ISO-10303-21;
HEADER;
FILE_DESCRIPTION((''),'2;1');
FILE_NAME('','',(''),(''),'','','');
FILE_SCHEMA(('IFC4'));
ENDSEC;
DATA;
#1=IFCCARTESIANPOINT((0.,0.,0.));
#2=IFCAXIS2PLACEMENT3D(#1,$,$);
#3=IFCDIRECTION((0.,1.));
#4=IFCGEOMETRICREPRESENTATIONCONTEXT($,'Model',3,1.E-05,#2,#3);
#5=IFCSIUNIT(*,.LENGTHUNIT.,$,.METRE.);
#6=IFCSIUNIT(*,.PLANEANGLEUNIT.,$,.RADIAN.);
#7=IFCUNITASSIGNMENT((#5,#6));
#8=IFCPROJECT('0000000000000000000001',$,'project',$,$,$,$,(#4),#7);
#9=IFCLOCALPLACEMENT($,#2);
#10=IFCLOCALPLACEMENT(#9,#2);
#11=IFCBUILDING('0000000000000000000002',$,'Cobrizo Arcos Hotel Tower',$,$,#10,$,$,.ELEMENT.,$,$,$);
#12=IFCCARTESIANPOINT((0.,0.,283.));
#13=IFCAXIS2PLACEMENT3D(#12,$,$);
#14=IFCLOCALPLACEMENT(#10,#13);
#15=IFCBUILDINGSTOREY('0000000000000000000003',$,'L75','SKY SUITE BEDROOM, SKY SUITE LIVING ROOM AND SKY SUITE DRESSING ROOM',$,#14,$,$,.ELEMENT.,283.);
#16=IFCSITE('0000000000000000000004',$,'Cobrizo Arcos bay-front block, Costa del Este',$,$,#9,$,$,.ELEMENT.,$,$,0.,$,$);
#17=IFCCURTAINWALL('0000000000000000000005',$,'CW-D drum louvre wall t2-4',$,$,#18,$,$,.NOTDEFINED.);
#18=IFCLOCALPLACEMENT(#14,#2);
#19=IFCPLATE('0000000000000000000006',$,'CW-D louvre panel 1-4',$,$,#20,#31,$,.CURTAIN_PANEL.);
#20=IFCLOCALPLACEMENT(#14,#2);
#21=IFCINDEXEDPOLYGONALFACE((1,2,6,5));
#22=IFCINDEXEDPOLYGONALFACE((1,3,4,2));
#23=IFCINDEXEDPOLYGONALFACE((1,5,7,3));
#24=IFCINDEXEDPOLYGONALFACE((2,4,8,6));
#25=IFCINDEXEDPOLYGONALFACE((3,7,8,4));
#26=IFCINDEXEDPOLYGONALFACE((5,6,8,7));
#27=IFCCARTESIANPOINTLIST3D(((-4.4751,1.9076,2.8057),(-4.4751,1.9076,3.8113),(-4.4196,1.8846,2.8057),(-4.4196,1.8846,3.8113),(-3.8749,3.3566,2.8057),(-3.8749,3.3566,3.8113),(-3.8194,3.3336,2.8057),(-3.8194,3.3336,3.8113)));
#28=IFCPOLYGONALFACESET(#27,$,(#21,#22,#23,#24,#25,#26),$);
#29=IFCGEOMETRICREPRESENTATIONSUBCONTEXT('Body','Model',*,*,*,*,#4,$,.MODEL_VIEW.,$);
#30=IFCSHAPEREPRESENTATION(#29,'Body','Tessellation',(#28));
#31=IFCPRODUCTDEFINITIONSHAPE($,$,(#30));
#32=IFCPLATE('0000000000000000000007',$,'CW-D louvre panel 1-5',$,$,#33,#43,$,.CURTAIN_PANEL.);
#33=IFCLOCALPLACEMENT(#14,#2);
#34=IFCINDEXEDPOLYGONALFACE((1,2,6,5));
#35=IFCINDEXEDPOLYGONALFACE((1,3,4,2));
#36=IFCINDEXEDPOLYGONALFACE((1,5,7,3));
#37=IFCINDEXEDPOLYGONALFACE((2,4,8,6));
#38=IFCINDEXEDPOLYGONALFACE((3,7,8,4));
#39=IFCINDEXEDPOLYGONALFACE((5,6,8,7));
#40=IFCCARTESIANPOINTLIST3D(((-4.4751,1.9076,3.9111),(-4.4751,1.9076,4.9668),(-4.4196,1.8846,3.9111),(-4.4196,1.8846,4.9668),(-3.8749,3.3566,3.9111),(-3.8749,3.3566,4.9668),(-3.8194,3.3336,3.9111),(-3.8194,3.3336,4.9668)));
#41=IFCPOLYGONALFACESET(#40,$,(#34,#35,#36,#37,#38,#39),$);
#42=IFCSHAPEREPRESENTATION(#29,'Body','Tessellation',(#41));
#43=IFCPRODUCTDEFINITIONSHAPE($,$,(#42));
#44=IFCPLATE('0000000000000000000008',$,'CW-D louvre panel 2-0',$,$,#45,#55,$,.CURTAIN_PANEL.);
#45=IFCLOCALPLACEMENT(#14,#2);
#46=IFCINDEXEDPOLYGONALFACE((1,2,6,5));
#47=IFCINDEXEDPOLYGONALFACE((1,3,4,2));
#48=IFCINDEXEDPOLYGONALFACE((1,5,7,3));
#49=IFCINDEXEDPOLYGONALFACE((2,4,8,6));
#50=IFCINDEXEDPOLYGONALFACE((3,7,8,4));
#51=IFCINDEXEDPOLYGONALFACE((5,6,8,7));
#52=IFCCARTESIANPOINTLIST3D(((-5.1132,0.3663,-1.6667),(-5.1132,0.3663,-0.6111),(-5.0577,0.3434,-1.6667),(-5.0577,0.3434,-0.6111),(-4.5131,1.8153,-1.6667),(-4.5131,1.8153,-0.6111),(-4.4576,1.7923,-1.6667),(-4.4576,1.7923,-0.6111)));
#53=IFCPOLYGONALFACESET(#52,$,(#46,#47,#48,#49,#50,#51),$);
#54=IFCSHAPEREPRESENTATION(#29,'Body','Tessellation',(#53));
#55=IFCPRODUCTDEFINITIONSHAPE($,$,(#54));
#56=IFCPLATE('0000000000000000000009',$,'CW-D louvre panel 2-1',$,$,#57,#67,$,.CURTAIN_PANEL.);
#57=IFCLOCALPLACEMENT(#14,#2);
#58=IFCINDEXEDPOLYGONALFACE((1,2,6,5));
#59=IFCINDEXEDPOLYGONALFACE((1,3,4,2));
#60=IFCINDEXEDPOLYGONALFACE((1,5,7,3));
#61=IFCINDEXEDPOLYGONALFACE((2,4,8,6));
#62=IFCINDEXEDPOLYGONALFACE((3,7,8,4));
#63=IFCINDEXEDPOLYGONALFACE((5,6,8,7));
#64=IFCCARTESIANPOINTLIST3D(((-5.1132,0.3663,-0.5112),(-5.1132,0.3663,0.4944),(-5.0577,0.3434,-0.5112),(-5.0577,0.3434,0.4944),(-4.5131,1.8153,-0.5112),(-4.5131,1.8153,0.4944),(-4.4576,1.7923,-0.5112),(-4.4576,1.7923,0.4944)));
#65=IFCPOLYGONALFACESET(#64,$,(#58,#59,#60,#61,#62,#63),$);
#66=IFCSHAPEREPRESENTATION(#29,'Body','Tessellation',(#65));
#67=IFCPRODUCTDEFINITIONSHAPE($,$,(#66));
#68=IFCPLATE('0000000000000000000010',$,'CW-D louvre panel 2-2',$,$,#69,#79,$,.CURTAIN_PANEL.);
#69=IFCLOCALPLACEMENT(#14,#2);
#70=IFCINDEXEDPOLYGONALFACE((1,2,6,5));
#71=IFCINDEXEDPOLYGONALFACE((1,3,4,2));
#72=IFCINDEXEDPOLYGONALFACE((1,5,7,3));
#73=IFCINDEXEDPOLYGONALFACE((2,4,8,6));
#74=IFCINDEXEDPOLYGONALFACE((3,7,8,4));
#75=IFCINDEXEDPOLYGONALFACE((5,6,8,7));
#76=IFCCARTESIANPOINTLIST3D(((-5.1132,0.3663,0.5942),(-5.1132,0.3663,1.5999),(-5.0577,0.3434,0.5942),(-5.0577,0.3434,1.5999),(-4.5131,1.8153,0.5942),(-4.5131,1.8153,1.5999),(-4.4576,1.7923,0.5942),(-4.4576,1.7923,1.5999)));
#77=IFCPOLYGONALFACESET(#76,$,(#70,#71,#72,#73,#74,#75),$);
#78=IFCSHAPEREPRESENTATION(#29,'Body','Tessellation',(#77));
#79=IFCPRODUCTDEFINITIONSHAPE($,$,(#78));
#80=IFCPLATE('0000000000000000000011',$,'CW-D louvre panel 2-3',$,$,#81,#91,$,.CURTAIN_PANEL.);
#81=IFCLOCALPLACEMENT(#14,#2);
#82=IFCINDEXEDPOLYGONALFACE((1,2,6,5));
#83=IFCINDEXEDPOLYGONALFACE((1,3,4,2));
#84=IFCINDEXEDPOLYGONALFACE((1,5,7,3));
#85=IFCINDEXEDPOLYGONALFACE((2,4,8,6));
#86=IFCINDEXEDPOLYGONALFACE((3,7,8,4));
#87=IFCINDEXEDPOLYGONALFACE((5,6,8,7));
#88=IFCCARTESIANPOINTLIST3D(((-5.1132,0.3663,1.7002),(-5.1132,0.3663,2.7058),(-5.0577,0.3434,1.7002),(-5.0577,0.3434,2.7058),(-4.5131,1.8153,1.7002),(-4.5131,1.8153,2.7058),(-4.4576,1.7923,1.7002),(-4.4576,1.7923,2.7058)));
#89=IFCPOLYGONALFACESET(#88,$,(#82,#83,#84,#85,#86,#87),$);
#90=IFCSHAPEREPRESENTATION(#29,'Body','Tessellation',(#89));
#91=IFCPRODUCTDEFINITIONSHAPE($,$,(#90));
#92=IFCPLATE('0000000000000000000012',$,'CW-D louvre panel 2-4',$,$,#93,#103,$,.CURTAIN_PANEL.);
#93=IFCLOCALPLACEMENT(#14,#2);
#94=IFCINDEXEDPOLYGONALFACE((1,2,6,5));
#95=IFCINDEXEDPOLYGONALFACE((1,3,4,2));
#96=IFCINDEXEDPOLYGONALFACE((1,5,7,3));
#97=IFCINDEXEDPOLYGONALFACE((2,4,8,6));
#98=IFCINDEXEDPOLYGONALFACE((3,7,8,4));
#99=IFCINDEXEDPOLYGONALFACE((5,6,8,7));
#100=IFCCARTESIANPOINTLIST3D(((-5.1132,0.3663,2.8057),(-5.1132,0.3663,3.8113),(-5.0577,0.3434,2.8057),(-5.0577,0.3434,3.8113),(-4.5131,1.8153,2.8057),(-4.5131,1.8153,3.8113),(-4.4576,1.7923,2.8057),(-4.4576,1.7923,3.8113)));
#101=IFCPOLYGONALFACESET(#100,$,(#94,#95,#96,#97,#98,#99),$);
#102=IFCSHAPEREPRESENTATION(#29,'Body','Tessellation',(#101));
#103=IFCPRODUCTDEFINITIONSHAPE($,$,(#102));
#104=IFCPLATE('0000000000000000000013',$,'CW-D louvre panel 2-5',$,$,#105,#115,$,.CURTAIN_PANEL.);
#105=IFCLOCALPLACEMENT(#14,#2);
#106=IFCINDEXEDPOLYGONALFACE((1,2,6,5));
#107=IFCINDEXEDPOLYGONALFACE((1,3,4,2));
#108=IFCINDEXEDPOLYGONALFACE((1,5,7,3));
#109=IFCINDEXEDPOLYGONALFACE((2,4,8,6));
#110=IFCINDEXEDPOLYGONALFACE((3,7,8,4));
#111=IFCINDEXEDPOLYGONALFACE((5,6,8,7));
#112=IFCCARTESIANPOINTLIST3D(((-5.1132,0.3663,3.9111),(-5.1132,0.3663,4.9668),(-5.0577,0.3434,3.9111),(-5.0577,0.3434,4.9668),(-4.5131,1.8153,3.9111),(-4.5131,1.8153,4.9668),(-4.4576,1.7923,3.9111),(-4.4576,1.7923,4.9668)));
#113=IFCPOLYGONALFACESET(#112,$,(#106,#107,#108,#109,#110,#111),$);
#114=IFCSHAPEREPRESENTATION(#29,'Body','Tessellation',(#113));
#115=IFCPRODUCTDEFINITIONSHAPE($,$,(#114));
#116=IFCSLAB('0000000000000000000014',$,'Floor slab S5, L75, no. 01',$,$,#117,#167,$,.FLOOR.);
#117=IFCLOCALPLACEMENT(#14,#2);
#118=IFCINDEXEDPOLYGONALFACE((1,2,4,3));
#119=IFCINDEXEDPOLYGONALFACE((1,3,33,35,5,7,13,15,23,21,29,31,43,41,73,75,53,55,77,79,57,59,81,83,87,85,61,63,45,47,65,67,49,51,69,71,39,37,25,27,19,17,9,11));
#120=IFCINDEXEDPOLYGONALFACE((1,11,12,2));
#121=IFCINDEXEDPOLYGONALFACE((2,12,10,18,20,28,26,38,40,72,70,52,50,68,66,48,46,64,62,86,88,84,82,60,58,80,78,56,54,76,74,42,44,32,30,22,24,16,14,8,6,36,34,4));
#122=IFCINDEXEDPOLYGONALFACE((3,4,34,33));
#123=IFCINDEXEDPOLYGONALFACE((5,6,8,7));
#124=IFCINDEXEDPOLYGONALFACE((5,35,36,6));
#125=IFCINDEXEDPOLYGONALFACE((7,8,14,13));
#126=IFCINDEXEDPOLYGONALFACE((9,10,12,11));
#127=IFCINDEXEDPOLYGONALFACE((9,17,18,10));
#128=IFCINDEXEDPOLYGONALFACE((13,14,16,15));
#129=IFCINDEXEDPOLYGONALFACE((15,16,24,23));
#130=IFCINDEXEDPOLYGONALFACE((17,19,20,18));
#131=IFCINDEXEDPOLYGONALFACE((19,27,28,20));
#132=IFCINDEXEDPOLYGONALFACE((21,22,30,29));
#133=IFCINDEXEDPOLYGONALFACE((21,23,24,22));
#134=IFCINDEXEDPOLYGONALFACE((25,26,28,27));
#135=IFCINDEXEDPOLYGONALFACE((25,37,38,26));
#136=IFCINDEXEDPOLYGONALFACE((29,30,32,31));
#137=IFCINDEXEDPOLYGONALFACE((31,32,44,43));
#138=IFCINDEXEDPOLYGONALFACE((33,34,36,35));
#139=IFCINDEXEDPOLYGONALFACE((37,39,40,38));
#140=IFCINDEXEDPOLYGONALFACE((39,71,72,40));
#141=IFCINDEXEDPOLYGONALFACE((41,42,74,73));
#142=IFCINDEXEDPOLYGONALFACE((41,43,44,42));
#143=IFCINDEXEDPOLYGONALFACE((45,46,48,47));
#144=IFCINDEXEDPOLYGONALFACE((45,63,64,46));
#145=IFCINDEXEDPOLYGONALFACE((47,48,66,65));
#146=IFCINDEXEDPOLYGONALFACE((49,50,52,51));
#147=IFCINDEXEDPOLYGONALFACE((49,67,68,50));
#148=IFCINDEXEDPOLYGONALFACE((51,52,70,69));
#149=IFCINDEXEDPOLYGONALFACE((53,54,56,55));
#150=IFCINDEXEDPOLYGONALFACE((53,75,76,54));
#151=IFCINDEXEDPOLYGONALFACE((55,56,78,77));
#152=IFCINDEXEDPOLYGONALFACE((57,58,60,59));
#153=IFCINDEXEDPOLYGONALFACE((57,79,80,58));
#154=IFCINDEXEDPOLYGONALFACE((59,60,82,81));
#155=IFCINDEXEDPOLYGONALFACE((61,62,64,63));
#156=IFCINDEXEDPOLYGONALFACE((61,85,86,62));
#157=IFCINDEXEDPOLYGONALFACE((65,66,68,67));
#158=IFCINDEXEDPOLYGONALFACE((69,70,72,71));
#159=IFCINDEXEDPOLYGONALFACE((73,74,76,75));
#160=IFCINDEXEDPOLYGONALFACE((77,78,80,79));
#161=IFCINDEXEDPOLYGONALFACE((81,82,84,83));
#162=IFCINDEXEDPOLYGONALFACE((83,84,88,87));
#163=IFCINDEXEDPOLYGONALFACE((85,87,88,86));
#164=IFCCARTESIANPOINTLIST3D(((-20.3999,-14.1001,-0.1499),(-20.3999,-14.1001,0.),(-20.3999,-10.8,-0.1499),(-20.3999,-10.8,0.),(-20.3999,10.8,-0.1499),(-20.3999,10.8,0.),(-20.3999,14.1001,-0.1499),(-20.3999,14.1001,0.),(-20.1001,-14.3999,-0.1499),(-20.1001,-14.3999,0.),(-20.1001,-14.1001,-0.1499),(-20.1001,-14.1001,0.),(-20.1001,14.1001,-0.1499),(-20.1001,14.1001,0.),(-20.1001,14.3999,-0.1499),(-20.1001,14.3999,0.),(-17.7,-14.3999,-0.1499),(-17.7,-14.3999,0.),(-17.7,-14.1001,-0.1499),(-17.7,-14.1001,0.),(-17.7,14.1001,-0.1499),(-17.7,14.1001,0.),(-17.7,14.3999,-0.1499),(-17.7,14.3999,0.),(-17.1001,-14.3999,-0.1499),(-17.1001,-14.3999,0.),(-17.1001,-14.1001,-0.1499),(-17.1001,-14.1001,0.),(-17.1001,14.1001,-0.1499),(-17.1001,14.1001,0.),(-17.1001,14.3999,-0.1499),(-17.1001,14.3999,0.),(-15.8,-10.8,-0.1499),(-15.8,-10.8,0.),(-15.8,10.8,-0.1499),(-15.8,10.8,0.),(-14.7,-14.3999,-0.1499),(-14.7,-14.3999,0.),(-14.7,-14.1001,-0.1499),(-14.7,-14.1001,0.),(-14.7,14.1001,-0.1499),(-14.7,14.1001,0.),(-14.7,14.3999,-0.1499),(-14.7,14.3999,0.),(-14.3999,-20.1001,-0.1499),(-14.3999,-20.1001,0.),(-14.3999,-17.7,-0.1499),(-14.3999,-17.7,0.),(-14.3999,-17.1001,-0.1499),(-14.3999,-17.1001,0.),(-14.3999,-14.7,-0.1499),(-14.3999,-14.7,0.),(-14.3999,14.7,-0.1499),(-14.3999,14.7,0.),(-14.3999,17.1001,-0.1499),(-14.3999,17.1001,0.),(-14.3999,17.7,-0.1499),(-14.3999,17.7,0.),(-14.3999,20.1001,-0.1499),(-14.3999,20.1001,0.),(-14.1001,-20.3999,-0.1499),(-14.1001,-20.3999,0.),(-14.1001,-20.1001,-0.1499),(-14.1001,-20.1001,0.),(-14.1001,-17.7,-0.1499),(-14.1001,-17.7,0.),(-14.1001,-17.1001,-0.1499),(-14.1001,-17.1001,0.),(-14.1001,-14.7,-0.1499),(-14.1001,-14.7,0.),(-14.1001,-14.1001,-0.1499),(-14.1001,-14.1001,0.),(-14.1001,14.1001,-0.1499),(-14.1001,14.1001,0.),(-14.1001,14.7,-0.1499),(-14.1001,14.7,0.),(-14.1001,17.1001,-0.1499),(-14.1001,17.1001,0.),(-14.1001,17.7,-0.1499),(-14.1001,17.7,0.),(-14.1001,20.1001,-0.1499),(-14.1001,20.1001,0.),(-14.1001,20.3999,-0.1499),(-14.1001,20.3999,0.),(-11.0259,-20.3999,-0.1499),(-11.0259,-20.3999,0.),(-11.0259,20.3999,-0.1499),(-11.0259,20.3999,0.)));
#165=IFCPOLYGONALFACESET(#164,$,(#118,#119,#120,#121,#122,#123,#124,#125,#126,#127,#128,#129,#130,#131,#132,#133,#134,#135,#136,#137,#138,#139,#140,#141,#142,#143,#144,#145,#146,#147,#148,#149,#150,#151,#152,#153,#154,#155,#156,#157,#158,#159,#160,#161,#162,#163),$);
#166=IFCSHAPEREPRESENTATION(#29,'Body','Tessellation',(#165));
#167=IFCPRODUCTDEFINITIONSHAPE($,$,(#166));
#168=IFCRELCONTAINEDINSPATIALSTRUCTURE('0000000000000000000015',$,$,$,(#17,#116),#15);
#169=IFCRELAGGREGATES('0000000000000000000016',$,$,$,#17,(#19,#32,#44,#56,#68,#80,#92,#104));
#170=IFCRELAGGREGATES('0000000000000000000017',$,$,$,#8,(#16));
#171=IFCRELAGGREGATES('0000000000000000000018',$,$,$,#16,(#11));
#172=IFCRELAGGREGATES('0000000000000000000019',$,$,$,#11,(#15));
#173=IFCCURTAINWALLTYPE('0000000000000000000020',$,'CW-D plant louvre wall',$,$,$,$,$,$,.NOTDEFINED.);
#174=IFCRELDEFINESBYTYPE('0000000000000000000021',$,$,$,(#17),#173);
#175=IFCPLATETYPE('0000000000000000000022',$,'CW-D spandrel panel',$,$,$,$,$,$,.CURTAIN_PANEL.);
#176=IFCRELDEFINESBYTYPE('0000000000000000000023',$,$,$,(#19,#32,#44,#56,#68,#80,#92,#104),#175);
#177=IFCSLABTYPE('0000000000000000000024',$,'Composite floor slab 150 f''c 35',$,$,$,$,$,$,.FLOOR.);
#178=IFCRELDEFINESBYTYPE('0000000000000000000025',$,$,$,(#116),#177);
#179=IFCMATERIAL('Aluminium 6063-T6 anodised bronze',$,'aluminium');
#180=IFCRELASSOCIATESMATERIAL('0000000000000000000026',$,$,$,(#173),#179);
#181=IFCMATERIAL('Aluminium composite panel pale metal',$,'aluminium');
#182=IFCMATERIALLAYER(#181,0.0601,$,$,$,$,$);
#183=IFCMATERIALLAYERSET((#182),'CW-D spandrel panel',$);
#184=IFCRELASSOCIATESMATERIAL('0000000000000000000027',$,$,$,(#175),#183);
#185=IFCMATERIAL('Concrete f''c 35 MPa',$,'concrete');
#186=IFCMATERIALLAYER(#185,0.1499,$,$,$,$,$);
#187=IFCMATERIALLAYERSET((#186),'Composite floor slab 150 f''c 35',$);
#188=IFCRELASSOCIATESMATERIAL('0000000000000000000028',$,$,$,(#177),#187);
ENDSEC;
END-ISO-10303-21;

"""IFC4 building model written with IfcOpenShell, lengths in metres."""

from ifc_helpers import new_model, si_unit, direction, frame, origin, origin_2d, place, context, subcontext, project, spatial, polyline, rectangle, outline, extrude, material, layer, layer_set, type_object, element, aggregate, save


model = new_model("IFC4")

# Units and contexts
model_context = context("Model", 3, precision=1e-05, world=origin(), true_north=direction((0.0, 1.0)))
body_context = subcontext(model_context, "Body", "Model", "MODEL_VIEW")
ifc_project = project(units=[si_unit("LENGTHUNIT", "METRE"), si_unit("PLANEANGLEUNIT", "RADIAN")], contexts=[model_context])

# Site, building, storey
site_placement = place(None, origin())
site = spatial("IfcSite", under=ifc_project, at=site_placement, Name="Cobrizo Arcos bay-front block, Costa del Este", CompositionType="ELEMENT", RefElevation=0.0)
building_placement = place(site_placement, origin())
building = spatial("IfcBuilding", under=site, at=building_placement, Name="Cobrizo Arcos Hotel Tower", CompositionType="ELEMENT")
storey_placement = place(building_placement, frame((0.0, 0.0, 283.0)))
storey = spatial("IfcBuildingStorey", under=building, at=storey_placement, Name="L75", Description="SKY SUITE BEDROOM, SKY SUITE LIVING ROOM AND SKY SUITE DRESSING ROOM", CompositionType="ELEMENT", Elevation=283.0)

# Shared definitions
ifc_material_1 = material(Name="Aluminium 6063-T6 anodised bronze", Category="aluminium")
curtain_wall_type = type_object("IfcCurtainWallType", Name="CW-D plant louvre wall", PredefinedType="NOTDEFINED", material=ifc_material_1)

# Curtain wall
curtain_wall_1_placement = place(storey_placement, origin())
curtain_wall_1 = element("IfcCurtainWall", 1, at=curtain_wall_1_placement, inside=storey, type_object=curtain_wall_type, Name="CW-D drum louvre wall t2-4", PredefinedType="NOTDEFINED")

# Plates
ifc_material_2 = material(Name="Aluminium composite panel pale metal", Category="aluminium")
ifc_layer_1 = layer(ifc_material_2, 0.0601)
ifc_layer_set_1 = layer_set([ifc_layer_1], Name="CW-D spandrel panel")
plate_type = type_object("IfcPlateType", Name="CW-D spandrel panel", PredefinedType="CURTAIN_PANEL", material=ifc_layer_set_1)
plate_1_placement = place(storey_placement, frame((-4.1472, 2.6206, 2.8057), z_axis=(0.0, 0.0, 1.0), x_axis=(-0.382683, -0.92388, 0.0)))
plate_1 = element("IfcPlate", 2, at=plate_1_placement, type_object=plate_type, Name="CW-D louvre panel 1-4", PredefinedType="CURTAIN_PANEL", context=body_context, shape_type="SweptSolid", body=[
    extrude(rectangle(XDim=1.5684, YDim=0.0601, at=origin_2d()), origin(), (0.0, 0.0, 1.0), 1.0056),
])
plate_2_placement = place(storey_placement, frame((-4.1472, 2.6206, 3.9111), z_axis=(0.0, 0.0, 1.0), x_axis=(-0.382683, -0.92388, 0.0)))
plate_2 = element("IfcPlate", 3, at=plate_2_placement, type_object=plate_type, Name="CW-D louvre panel 1-5", PredefinedType="CURTAIN_PANEL", context=body_context, shape_type="SweptSolid", body=[
    extrude(rectangle(XDim=1.5684, YDim=0.0601, at=origin_2d()), origin(), (0.0, 0.0, 1.0), 1.0557),
])
plate_3_placement = place(storey_placement, frame((-4.7854, 1.0793, -1.6667), z_axis=(0.0, 0.0, 1.0), x_axis=(-0.382683, -0.92388, 0.0)))
plate_3 = element("IfcPlate", 4, at=plate_3_placement, type_object=plate_type, Name="CW-D louvre panel 2-0", PredefinedType="CURTAIN_PANEL", context=body_context, shape_type="SweptSolid", body=[
    extrude(rectangle(XDim=1.5684, YDim=0.0601, at=origin_2d()), origin(), (0.0, 0.0, 1.0), 1.0557),
])
plate_4_placement = place(storey_placement, frame((-4.7854, 1.0793, -0.5112), z_axis=(0.0, 0.0, 1.0), x_axis=(-0.382683, -0.92388, 0.0)))
plate_4 = element("IfcPlate", 5, at=plate_4_placement, type_object=plate_type, Name="CW-D louvre panel 2-1", PredefinedType="CURTAIN_PANEL", context=body_context, shape_type="SweptSolid", body=[
    extrude(rectangle(XDim=1.5684, YDim=0.0601, at=origin_2d()), origin(), (0.0, 0.0, 1.0), 1.0056),
])
plate_5_placement = place(storey_placement, frame((-4.7854, 1.0793, 0.5942), z_axis=(0.0, 0.0, 1.0), x_axis=(-0.382683, -0.92388, 0.0)))
plate_5 = element("IfcPlate", 6, at=plate_5_placement, type_object=plate_type, Name="CW-D louvre panel 2-2", PredefinedType="CURTAIN_PANEL", context=body_context, shape_type="SweptSolid", body=[
    extrude(rectangle(XDim=1.5684, YDim=0.0601, at=origin_2d()), origin(), (0.0, 0.0, 1.0), 1.0056),
])
plate_6_placement = place(storey_placement, frame((-4.7854, 1.0793, 1.7002), z_axis=(0.0, 0.0, 1.0), x_axis=(-0.382683, -0.92388, 0.0)))
plate_6 = element("IfcPlate", 7, at=plate_6_placement, type_object=plate_type, Name="CW-D louvre panel 2-3", PredefinedType="CURTAIN_PANEL", context=body_context, shape_type="SweptSolid", body=[
    extrude(rectangle(XDim=1.5684, YDim=0.0601, at=origin_2d()), origin(), (0.0, 0.0, 1.0), 1.0056),
])
plate_7_placement = place(storey_placement, frame((-4.7854, 1.0793, 2.8057), z_axis=(0.0, 0.0, 1.0), x_axis=(-0.382683, -0.92388, 0.0)))
plate_7 = element("IfcPlate", 8, at=plate_7_placement, type_object=plate_type, Name="CW-D louvre panel 2-4", PredefinedType="CURTAIN_PANEL", context=body_context, shape_type="SweptSolid", body=[
    extrude(rectangle(XDim=1.5684, YDim=0.0601, at=origin_2d()), origin(), (0.0, 0.0, 1.0), 1.0056),
])
plate_8_placement = place(storey_placement, frame((-4.7854, 1.0793, 3.9111), z_axis=(0.0, 0.0, 1.0), x_axis=(-0.382683, -0.92388, 0.0)))
plate_8 = element("IfcPlate", 9, at=plate_8_placement, type_object=plate_type, Name="CW-D louvre panel 2-5", PredefinedType="CURTAIN_PANEL", context=body_context, shape_type="SweptSolid", body=[
    extrude(rectangle(XDim=1.5684, YDim=0.0601, at=origin_2d()), origin(), (0.0, 0.0, 1.0), 1.0557),
])
aggregate(curtain_wall_1, [plate_1, plate_2, plate_3, plate_4, plate_5, plate_6, plate_7, plate_8])

# Slab
ifc_material_3 = material(Name="Concrete f'c 35 MPa", Category="concrete")
ifc_layer_2 = layer(ifc_material_3, 0.1499)
ifc_layer_set_2 = layer_set([ifc_layer_2], Name="Composite floor slab 150 f'c 35")
slab_type_1 = type_object("IfcSlabType", Name="Composite floor slab 150 f'c 35", PredefinedType="FLOOR", material=ifc_layer_set_2)
slab_1_placement = place(storey_placement, frame((0.0, 0.0, -0.1499)))
element("IfcSlab", 10, at=slab_1_placement, inside=storey, type_object=slab_type_1, Name="Floor slab S5, L75, no. 01", PredefinedType="FLOOR", context=body_context, shape_type="SweptSolid", body=[
    extrude(outline(polyline([(-14.3999, -17.7), (-14.1001, -17.7), (-14.1001, -17.1001), (-14.3999, -17.1001), (-14.3999, -14.7), (-14.1001, -14.7), (-14.1001, -14.1001), (-14.7, -14.1001), (-14.7, -14.3999), (-17.1001, -14.3999), (-17.1001, -14.1001), (-17.7, -14.1001), (-17.7, -14.3999), (-20.1001, -14.3999), (-20.1001, -14.1001), (-20.3999, -14.1001), (-20.3999, -10.8), (-15.8, -10.8), (-15.8, 10.8), (-20.3999, 10.8), (-20.3999, 14.1001), (-20.1001, 14.1001), (-20.1001, 14.3999), (-17.7, 14.3999), (-17.7, 14.1001), (-17.1001, 14.1001), (-17.1001, 14.3999), (-14.7, 14.3999), (-14.7, 14.1001), (-14.1001, 14.1001), (-14.1001, 14.7), (-14.3999, 14.7), (-14.3999, 17.1001), (-14.1001, 17.1001), (-14.1001, 17.7), (-14.3999, 17.7), (-14.3999, 20.1001), (-14.1001, 20.1001), (-14.1001, 20.3999), (-11.0259, 20.3999), (-11.0259, -20.3999), (-14.1001, -20.3999), (-14.1001, -20.1001), (-14.3999, -20.1001), (-14.3999, -17.7)])), origin(), (0.0, 0.0, 1.0), 0.1499),
])

save(model, "model.ifc")
